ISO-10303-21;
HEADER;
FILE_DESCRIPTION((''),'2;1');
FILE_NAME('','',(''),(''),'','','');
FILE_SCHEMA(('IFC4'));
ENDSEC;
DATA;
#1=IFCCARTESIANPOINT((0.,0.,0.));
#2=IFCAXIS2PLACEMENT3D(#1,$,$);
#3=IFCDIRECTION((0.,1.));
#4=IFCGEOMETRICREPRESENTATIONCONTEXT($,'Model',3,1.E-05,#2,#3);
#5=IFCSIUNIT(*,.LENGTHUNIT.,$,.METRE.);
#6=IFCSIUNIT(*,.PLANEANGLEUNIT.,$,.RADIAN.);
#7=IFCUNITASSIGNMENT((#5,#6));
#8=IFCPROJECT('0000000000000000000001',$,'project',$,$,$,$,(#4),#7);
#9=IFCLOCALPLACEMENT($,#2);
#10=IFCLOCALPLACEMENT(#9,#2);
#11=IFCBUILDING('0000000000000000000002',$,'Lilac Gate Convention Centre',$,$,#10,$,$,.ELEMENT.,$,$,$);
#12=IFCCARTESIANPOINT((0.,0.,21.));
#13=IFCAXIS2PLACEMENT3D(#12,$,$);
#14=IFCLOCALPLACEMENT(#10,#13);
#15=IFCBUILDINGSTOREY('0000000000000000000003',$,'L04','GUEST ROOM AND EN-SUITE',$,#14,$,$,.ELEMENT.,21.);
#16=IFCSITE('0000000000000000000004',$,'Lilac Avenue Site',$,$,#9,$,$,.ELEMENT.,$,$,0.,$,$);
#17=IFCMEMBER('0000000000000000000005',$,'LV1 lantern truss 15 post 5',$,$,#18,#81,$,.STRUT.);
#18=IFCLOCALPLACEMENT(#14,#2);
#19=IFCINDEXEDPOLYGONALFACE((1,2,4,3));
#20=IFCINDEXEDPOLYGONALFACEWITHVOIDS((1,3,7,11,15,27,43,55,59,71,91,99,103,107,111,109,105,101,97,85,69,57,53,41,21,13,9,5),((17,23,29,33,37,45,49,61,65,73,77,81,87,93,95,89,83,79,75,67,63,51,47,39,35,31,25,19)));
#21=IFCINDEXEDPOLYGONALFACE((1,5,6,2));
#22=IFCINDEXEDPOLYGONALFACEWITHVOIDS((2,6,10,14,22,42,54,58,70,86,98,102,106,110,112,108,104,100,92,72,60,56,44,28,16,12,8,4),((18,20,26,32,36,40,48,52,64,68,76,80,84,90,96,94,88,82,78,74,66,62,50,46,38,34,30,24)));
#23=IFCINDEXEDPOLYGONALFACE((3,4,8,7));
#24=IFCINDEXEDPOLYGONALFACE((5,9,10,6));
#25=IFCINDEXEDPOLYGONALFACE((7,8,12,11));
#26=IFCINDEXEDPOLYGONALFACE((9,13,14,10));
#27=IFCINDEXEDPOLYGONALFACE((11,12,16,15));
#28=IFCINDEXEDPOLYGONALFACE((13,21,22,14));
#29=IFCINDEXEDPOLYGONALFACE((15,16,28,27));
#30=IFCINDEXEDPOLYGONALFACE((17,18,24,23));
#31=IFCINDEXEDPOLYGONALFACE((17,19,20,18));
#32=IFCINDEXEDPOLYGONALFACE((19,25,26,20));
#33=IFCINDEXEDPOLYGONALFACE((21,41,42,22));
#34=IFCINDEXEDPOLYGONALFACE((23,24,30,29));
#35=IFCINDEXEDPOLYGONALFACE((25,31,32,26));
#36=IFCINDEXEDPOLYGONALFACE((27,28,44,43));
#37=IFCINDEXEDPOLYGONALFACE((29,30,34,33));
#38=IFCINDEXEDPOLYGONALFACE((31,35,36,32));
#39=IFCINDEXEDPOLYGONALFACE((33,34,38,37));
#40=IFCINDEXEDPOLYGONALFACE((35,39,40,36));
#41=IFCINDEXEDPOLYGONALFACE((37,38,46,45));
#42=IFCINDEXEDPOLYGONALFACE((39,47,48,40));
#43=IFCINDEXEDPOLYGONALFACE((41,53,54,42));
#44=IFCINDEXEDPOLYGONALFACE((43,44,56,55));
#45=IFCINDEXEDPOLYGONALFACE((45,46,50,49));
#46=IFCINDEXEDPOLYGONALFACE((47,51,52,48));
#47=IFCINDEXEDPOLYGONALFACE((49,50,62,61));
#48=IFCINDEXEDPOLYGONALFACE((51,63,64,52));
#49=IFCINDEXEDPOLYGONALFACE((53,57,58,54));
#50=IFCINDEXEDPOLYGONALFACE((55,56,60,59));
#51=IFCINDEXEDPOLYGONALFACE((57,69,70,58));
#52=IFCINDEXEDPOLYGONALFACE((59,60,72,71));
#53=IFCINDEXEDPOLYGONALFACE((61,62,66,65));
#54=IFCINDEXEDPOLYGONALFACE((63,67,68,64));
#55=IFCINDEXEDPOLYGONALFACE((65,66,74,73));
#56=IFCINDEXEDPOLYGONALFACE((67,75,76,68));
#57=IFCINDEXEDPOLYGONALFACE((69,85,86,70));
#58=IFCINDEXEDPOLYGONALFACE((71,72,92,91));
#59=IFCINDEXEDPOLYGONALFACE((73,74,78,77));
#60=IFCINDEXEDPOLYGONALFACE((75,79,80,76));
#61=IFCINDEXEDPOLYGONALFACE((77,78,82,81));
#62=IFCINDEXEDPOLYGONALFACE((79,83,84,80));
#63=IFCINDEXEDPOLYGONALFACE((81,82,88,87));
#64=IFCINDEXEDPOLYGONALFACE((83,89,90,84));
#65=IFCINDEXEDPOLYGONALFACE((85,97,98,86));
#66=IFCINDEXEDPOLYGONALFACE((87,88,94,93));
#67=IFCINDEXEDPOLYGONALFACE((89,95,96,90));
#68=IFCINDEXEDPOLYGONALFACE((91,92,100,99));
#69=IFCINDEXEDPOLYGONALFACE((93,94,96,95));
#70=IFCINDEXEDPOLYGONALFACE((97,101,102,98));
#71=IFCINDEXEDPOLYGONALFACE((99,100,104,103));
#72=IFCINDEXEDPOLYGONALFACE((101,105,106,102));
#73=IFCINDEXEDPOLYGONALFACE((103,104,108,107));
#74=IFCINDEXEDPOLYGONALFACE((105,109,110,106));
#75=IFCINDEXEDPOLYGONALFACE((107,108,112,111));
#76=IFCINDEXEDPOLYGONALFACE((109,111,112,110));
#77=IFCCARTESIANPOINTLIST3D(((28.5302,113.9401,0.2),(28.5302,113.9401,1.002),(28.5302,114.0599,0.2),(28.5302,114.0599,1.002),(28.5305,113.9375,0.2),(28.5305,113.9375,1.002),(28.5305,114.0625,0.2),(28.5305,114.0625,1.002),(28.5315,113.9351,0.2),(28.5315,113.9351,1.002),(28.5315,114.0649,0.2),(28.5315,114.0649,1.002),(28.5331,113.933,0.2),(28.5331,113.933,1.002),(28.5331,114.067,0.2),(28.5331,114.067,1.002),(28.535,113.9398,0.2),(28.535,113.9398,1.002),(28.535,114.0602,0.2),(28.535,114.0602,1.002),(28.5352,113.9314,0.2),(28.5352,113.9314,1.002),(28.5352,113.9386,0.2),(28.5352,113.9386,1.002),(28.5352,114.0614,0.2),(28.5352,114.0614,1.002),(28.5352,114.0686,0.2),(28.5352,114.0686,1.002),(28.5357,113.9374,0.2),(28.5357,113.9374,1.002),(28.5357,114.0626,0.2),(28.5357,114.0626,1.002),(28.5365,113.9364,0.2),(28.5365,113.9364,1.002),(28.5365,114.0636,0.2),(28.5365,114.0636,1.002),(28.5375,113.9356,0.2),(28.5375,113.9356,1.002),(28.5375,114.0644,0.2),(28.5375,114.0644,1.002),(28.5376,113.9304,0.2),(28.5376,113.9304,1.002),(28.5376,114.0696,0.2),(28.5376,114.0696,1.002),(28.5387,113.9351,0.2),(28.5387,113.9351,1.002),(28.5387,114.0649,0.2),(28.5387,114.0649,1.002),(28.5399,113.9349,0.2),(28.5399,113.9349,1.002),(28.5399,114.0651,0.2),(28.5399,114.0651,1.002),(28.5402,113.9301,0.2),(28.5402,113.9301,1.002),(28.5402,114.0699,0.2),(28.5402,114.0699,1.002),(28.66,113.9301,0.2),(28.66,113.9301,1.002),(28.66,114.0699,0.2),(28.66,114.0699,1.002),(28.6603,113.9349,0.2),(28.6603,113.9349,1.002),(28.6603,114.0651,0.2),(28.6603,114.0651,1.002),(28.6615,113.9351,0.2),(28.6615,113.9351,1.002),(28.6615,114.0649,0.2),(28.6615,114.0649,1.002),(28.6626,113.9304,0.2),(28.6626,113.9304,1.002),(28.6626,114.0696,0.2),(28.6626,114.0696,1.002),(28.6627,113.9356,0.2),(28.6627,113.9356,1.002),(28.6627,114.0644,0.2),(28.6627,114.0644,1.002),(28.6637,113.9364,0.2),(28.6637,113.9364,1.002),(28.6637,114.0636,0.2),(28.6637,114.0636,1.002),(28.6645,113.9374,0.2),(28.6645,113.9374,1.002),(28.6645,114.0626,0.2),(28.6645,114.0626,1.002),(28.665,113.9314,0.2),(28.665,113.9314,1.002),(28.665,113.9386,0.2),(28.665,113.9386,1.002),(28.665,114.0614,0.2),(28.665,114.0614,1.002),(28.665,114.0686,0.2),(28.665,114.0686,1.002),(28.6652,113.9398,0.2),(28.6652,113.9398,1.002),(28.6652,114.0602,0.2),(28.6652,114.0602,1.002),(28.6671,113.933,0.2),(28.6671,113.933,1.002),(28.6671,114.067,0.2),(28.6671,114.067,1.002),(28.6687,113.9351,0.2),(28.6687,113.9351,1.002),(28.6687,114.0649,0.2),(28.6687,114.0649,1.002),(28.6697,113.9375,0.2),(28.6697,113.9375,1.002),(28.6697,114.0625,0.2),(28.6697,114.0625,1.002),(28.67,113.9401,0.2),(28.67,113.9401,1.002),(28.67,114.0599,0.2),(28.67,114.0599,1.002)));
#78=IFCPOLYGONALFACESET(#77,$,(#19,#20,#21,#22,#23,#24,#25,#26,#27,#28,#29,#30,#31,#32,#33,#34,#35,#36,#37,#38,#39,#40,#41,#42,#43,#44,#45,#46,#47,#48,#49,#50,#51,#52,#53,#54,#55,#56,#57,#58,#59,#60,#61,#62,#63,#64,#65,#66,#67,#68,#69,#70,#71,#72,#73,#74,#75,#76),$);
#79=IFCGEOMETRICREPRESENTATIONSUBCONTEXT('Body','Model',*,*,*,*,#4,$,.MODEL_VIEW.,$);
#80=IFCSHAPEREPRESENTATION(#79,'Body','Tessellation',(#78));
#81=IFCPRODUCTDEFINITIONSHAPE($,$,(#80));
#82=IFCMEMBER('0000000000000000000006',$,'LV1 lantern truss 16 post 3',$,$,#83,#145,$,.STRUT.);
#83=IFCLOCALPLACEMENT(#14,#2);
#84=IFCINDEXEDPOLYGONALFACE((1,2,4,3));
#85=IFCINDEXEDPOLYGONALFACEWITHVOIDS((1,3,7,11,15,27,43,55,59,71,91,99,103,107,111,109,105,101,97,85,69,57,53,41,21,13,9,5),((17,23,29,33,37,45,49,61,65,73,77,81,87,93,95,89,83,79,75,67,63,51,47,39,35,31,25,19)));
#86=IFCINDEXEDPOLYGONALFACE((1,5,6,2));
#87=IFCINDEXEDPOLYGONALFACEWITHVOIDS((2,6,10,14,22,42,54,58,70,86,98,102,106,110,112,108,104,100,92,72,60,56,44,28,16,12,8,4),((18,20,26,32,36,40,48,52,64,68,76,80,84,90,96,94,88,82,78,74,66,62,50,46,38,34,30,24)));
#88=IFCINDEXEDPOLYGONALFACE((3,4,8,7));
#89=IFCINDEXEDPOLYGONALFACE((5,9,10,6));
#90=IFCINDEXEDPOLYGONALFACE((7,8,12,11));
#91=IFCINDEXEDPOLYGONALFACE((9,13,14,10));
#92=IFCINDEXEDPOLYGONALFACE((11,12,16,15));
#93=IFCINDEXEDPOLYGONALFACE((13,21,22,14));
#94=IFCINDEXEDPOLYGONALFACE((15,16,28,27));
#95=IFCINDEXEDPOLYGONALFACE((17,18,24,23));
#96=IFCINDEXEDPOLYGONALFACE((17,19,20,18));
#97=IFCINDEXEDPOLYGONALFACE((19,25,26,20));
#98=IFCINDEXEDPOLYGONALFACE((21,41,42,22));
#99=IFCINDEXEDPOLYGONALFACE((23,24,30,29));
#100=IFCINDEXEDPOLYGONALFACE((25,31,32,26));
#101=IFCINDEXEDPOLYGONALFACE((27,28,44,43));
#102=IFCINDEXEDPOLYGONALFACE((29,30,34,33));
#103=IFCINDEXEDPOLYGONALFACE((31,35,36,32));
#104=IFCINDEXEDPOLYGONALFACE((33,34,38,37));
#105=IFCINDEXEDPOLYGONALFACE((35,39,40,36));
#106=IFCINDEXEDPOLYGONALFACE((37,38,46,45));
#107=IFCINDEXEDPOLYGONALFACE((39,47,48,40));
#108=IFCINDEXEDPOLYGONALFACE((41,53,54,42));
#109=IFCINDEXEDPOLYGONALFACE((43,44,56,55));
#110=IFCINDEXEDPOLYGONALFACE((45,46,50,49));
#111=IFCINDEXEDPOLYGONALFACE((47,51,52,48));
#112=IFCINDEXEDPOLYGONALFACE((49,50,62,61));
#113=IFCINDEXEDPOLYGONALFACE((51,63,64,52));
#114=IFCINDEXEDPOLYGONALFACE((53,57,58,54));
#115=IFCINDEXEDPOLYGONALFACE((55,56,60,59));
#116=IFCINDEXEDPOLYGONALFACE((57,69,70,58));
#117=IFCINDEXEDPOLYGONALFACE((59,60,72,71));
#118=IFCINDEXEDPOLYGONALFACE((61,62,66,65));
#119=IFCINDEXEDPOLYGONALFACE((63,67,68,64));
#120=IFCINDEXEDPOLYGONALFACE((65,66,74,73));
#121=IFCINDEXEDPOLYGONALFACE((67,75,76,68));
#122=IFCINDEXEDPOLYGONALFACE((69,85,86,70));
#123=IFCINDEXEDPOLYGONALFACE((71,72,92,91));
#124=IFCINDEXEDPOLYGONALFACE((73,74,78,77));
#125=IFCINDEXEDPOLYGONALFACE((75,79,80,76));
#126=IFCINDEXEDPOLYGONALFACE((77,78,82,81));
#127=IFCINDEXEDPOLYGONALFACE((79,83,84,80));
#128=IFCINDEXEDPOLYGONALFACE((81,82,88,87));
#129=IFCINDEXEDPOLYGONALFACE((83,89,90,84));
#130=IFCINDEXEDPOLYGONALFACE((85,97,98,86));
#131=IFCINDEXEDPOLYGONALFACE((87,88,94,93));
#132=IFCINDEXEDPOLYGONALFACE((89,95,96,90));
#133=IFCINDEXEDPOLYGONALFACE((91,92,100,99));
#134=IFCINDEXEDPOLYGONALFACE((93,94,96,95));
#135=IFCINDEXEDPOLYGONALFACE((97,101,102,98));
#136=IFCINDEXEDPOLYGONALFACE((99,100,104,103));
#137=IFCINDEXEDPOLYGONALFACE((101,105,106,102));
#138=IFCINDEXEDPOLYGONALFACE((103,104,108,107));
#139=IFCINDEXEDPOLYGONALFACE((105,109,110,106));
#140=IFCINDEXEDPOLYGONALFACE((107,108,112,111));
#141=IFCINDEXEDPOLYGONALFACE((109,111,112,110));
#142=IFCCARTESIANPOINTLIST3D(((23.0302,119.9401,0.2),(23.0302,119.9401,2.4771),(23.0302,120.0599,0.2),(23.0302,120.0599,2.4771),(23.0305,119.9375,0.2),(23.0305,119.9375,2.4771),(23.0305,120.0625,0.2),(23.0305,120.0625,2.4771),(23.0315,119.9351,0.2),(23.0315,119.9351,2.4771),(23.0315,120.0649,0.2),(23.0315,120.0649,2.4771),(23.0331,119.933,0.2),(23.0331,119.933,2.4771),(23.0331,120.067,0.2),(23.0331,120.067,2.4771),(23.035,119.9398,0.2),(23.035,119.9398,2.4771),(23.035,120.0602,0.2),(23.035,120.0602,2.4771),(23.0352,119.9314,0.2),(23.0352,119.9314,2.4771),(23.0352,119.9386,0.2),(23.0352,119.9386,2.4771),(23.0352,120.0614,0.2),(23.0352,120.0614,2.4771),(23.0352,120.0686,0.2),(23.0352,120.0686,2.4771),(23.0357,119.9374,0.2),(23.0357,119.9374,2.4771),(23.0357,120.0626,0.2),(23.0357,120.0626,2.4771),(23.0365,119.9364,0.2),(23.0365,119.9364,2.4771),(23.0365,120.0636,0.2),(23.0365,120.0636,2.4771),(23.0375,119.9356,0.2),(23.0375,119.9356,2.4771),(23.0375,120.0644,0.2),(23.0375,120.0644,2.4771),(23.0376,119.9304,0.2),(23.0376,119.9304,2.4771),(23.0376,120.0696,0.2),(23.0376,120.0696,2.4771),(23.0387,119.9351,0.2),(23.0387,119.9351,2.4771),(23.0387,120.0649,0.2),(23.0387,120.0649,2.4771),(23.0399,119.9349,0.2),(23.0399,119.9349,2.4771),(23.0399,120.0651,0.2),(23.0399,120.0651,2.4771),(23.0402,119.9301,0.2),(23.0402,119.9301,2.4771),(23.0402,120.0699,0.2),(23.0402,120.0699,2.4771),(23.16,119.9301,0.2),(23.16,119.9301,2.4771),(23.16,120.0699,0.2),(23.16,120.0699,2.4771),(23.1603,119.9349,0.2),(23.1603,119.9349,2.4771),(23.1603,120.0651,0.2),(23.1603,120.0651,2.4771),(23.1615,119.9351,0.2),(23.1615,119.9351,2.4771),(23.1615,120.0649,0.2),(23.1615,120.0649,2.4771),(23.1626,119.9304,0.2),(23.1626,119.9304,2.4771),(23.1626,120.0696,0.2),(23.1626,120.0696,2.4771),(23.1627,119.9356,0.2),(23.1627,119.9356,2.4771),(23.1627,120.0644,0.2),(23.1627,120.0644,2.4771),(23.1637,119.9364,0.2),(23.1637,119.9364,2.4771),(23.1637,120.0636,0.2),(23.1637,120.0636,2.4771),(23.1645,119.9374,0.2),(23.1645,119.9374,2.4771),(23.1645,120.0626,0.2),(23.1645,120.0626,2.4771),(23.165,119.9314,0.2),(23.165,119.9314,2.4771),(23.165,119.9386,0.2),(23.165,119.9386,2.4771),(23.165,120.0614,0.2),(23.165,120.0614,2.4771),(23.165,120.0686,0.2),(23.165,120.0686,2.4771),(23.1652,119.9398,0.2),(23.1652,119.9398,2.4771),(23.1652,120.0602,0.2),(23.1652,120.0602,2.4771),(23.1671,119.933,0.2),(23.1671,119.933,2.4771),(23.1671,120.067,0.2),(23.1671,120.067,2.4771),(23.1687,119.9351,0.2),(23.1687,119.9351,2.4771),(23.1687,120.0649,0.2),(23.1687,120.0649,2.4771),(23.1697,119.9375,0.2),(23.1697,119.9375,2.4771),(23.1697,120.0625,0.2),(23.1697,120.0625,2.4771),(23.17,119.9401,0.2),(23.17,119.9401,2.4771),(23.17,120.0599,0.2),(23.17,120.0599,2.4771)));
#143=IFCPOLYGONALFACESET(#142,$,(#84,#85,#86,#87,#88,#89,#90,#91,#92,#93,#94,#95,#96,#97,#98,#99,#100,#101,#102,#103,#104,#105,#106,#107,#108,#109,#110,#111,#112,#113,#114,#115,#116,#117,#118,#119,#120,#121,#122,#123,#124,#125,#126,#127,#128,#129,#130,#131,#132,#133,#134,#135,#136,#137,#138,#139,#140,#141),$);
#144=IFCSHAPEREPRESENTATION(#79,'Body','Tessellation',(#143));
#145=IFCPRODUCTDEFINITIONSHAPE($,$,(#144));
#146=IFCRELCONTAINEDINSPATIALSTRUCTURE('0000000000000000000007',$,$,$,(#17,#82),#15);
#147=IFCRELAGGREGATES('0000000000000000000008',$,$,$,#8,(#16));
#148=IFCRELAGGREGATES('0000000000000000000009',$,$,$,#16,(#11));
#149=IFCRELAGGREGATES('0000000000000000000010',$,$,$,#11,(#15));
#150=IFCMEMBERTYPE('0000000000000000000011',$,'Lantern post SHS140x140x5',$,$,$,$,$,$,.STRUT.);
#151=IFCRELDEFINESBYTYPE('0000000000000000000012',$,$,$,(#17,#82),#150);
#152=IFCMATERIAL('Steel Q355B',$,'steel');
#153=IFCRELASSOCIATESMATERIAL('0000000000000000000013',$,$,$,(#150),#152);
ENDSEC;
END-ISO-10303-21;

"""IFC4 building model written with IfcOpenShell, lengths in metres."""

from ifc_helpers import new_model, si_unit, direction, frame, origin, origin_2d, place, context, subcontext, project, spatial, hollow_rectangle, extrude, material, material_profile, profile_set, type_object, element, save


model = new_model("IFC4")

# Units and contexts
model_context = context("Model", 3, precision=1e-05, world=origin(), true_north=direction((0.0, 1.0)))
body_context = subcontext(model_context, "Body", "Model", "MODEL_VIEW")
ifc_project = project(units=[si_unit("LENGTHUNIT", "METRE"), si_unit("PLANEANGLEUNIT", "RADIAN")], contexts=[model_context])

# Site, building, storey
site_placement = place(None, origin())
site = spatial("IfcSite", under=ifc_project, at=site_placement, Name="Lilac Avenue Site", CompositionType="ELEMENT", RefElevation=0.0)
building_placement = place(site_placement, origin())
building = spatial("IfcBuilding", under=site, at=building_placement, Name="Lilac Gate Convention Centre", CompositionType="ELEMENT")
storey_placement = place(building_placement, frame((0.0, 0.0, 21.0)))
storey = spatial("IfcBuildingStorey", under=building, at=storey_placement, Name="L04", Description="GUEST ROOM AND EN-SUITE", CompositionType="ELEMENT", Elevation=21.0)

# Members
ifc_material_1 = material(Name="Steel Q355B", Category="steel")
ifc_material_profile_1 = material_profile(ifc_material_1, hollow_rectangle(XDim=0.1399, YDim=0.1399, WallThickness=0.0049, InnerFilletRadius=0.0049, OuterFilletRadius=0.01, at=origin_2d()), Name="SHS140x140x5")
ifc_profile_set_1 = profile_set([ifc_material_profile_1], Name="Steel Q355B")
member_type_1 = type_object("IfcMemberType", Name="Lantern post SHS140x140x5", PredefinedType="STRUT", material=ifc_profile_set_1)
member_1_placement = place(storey_placement, frame((28.6001, 114.0, 0.2), z_axis=(0.0, 0.0, 1.0), x_axis=(1.0, 0.0, 0.0)))
element("IfcMember", 1, at=member_1_placement, inside=storey, type_object=member_type_1, Name="LV1 lantern truss 15 post 5", PredefinedType="STRUT", context=body_context, shape_type="SweptSolid", body=[
    extrude(hollow_rectangle(XDim=0.1399, YDim=0.1399, WallThickness=0.0049, InnerFilletRadius=0.0049, OuterFilletRadius=0.01, at=origin_2d()), origin(), (0.0, 0.0, 1.0), 0.802),
])
member_2_placement = place(storey_placement, frame((23.1001, 120.0, 0.2), z_axis=(0.0, 0.0, 1.0), x_axis=(1.0, 0.0, 0.0)))
element("IfcMember", 2, at=member_2_placement, inside=storey, type_object=member_type_1, Name="LV1 lantern truss 16 post 3", PredefinedType="STRUT", context=body_context, shape_type="SweptSolid", body=[
    extrude(hollow_rectangle(XDim=0.1399, YDim=0.1399, WallThickness=0.0049, InnerFilletRadius=0.0049, OuterFilletRadius=0.01, at=origin_2d()), origin(), (0.0, 0.0, 1.0), 2.2771),
])

save(model, "model.ifc")
